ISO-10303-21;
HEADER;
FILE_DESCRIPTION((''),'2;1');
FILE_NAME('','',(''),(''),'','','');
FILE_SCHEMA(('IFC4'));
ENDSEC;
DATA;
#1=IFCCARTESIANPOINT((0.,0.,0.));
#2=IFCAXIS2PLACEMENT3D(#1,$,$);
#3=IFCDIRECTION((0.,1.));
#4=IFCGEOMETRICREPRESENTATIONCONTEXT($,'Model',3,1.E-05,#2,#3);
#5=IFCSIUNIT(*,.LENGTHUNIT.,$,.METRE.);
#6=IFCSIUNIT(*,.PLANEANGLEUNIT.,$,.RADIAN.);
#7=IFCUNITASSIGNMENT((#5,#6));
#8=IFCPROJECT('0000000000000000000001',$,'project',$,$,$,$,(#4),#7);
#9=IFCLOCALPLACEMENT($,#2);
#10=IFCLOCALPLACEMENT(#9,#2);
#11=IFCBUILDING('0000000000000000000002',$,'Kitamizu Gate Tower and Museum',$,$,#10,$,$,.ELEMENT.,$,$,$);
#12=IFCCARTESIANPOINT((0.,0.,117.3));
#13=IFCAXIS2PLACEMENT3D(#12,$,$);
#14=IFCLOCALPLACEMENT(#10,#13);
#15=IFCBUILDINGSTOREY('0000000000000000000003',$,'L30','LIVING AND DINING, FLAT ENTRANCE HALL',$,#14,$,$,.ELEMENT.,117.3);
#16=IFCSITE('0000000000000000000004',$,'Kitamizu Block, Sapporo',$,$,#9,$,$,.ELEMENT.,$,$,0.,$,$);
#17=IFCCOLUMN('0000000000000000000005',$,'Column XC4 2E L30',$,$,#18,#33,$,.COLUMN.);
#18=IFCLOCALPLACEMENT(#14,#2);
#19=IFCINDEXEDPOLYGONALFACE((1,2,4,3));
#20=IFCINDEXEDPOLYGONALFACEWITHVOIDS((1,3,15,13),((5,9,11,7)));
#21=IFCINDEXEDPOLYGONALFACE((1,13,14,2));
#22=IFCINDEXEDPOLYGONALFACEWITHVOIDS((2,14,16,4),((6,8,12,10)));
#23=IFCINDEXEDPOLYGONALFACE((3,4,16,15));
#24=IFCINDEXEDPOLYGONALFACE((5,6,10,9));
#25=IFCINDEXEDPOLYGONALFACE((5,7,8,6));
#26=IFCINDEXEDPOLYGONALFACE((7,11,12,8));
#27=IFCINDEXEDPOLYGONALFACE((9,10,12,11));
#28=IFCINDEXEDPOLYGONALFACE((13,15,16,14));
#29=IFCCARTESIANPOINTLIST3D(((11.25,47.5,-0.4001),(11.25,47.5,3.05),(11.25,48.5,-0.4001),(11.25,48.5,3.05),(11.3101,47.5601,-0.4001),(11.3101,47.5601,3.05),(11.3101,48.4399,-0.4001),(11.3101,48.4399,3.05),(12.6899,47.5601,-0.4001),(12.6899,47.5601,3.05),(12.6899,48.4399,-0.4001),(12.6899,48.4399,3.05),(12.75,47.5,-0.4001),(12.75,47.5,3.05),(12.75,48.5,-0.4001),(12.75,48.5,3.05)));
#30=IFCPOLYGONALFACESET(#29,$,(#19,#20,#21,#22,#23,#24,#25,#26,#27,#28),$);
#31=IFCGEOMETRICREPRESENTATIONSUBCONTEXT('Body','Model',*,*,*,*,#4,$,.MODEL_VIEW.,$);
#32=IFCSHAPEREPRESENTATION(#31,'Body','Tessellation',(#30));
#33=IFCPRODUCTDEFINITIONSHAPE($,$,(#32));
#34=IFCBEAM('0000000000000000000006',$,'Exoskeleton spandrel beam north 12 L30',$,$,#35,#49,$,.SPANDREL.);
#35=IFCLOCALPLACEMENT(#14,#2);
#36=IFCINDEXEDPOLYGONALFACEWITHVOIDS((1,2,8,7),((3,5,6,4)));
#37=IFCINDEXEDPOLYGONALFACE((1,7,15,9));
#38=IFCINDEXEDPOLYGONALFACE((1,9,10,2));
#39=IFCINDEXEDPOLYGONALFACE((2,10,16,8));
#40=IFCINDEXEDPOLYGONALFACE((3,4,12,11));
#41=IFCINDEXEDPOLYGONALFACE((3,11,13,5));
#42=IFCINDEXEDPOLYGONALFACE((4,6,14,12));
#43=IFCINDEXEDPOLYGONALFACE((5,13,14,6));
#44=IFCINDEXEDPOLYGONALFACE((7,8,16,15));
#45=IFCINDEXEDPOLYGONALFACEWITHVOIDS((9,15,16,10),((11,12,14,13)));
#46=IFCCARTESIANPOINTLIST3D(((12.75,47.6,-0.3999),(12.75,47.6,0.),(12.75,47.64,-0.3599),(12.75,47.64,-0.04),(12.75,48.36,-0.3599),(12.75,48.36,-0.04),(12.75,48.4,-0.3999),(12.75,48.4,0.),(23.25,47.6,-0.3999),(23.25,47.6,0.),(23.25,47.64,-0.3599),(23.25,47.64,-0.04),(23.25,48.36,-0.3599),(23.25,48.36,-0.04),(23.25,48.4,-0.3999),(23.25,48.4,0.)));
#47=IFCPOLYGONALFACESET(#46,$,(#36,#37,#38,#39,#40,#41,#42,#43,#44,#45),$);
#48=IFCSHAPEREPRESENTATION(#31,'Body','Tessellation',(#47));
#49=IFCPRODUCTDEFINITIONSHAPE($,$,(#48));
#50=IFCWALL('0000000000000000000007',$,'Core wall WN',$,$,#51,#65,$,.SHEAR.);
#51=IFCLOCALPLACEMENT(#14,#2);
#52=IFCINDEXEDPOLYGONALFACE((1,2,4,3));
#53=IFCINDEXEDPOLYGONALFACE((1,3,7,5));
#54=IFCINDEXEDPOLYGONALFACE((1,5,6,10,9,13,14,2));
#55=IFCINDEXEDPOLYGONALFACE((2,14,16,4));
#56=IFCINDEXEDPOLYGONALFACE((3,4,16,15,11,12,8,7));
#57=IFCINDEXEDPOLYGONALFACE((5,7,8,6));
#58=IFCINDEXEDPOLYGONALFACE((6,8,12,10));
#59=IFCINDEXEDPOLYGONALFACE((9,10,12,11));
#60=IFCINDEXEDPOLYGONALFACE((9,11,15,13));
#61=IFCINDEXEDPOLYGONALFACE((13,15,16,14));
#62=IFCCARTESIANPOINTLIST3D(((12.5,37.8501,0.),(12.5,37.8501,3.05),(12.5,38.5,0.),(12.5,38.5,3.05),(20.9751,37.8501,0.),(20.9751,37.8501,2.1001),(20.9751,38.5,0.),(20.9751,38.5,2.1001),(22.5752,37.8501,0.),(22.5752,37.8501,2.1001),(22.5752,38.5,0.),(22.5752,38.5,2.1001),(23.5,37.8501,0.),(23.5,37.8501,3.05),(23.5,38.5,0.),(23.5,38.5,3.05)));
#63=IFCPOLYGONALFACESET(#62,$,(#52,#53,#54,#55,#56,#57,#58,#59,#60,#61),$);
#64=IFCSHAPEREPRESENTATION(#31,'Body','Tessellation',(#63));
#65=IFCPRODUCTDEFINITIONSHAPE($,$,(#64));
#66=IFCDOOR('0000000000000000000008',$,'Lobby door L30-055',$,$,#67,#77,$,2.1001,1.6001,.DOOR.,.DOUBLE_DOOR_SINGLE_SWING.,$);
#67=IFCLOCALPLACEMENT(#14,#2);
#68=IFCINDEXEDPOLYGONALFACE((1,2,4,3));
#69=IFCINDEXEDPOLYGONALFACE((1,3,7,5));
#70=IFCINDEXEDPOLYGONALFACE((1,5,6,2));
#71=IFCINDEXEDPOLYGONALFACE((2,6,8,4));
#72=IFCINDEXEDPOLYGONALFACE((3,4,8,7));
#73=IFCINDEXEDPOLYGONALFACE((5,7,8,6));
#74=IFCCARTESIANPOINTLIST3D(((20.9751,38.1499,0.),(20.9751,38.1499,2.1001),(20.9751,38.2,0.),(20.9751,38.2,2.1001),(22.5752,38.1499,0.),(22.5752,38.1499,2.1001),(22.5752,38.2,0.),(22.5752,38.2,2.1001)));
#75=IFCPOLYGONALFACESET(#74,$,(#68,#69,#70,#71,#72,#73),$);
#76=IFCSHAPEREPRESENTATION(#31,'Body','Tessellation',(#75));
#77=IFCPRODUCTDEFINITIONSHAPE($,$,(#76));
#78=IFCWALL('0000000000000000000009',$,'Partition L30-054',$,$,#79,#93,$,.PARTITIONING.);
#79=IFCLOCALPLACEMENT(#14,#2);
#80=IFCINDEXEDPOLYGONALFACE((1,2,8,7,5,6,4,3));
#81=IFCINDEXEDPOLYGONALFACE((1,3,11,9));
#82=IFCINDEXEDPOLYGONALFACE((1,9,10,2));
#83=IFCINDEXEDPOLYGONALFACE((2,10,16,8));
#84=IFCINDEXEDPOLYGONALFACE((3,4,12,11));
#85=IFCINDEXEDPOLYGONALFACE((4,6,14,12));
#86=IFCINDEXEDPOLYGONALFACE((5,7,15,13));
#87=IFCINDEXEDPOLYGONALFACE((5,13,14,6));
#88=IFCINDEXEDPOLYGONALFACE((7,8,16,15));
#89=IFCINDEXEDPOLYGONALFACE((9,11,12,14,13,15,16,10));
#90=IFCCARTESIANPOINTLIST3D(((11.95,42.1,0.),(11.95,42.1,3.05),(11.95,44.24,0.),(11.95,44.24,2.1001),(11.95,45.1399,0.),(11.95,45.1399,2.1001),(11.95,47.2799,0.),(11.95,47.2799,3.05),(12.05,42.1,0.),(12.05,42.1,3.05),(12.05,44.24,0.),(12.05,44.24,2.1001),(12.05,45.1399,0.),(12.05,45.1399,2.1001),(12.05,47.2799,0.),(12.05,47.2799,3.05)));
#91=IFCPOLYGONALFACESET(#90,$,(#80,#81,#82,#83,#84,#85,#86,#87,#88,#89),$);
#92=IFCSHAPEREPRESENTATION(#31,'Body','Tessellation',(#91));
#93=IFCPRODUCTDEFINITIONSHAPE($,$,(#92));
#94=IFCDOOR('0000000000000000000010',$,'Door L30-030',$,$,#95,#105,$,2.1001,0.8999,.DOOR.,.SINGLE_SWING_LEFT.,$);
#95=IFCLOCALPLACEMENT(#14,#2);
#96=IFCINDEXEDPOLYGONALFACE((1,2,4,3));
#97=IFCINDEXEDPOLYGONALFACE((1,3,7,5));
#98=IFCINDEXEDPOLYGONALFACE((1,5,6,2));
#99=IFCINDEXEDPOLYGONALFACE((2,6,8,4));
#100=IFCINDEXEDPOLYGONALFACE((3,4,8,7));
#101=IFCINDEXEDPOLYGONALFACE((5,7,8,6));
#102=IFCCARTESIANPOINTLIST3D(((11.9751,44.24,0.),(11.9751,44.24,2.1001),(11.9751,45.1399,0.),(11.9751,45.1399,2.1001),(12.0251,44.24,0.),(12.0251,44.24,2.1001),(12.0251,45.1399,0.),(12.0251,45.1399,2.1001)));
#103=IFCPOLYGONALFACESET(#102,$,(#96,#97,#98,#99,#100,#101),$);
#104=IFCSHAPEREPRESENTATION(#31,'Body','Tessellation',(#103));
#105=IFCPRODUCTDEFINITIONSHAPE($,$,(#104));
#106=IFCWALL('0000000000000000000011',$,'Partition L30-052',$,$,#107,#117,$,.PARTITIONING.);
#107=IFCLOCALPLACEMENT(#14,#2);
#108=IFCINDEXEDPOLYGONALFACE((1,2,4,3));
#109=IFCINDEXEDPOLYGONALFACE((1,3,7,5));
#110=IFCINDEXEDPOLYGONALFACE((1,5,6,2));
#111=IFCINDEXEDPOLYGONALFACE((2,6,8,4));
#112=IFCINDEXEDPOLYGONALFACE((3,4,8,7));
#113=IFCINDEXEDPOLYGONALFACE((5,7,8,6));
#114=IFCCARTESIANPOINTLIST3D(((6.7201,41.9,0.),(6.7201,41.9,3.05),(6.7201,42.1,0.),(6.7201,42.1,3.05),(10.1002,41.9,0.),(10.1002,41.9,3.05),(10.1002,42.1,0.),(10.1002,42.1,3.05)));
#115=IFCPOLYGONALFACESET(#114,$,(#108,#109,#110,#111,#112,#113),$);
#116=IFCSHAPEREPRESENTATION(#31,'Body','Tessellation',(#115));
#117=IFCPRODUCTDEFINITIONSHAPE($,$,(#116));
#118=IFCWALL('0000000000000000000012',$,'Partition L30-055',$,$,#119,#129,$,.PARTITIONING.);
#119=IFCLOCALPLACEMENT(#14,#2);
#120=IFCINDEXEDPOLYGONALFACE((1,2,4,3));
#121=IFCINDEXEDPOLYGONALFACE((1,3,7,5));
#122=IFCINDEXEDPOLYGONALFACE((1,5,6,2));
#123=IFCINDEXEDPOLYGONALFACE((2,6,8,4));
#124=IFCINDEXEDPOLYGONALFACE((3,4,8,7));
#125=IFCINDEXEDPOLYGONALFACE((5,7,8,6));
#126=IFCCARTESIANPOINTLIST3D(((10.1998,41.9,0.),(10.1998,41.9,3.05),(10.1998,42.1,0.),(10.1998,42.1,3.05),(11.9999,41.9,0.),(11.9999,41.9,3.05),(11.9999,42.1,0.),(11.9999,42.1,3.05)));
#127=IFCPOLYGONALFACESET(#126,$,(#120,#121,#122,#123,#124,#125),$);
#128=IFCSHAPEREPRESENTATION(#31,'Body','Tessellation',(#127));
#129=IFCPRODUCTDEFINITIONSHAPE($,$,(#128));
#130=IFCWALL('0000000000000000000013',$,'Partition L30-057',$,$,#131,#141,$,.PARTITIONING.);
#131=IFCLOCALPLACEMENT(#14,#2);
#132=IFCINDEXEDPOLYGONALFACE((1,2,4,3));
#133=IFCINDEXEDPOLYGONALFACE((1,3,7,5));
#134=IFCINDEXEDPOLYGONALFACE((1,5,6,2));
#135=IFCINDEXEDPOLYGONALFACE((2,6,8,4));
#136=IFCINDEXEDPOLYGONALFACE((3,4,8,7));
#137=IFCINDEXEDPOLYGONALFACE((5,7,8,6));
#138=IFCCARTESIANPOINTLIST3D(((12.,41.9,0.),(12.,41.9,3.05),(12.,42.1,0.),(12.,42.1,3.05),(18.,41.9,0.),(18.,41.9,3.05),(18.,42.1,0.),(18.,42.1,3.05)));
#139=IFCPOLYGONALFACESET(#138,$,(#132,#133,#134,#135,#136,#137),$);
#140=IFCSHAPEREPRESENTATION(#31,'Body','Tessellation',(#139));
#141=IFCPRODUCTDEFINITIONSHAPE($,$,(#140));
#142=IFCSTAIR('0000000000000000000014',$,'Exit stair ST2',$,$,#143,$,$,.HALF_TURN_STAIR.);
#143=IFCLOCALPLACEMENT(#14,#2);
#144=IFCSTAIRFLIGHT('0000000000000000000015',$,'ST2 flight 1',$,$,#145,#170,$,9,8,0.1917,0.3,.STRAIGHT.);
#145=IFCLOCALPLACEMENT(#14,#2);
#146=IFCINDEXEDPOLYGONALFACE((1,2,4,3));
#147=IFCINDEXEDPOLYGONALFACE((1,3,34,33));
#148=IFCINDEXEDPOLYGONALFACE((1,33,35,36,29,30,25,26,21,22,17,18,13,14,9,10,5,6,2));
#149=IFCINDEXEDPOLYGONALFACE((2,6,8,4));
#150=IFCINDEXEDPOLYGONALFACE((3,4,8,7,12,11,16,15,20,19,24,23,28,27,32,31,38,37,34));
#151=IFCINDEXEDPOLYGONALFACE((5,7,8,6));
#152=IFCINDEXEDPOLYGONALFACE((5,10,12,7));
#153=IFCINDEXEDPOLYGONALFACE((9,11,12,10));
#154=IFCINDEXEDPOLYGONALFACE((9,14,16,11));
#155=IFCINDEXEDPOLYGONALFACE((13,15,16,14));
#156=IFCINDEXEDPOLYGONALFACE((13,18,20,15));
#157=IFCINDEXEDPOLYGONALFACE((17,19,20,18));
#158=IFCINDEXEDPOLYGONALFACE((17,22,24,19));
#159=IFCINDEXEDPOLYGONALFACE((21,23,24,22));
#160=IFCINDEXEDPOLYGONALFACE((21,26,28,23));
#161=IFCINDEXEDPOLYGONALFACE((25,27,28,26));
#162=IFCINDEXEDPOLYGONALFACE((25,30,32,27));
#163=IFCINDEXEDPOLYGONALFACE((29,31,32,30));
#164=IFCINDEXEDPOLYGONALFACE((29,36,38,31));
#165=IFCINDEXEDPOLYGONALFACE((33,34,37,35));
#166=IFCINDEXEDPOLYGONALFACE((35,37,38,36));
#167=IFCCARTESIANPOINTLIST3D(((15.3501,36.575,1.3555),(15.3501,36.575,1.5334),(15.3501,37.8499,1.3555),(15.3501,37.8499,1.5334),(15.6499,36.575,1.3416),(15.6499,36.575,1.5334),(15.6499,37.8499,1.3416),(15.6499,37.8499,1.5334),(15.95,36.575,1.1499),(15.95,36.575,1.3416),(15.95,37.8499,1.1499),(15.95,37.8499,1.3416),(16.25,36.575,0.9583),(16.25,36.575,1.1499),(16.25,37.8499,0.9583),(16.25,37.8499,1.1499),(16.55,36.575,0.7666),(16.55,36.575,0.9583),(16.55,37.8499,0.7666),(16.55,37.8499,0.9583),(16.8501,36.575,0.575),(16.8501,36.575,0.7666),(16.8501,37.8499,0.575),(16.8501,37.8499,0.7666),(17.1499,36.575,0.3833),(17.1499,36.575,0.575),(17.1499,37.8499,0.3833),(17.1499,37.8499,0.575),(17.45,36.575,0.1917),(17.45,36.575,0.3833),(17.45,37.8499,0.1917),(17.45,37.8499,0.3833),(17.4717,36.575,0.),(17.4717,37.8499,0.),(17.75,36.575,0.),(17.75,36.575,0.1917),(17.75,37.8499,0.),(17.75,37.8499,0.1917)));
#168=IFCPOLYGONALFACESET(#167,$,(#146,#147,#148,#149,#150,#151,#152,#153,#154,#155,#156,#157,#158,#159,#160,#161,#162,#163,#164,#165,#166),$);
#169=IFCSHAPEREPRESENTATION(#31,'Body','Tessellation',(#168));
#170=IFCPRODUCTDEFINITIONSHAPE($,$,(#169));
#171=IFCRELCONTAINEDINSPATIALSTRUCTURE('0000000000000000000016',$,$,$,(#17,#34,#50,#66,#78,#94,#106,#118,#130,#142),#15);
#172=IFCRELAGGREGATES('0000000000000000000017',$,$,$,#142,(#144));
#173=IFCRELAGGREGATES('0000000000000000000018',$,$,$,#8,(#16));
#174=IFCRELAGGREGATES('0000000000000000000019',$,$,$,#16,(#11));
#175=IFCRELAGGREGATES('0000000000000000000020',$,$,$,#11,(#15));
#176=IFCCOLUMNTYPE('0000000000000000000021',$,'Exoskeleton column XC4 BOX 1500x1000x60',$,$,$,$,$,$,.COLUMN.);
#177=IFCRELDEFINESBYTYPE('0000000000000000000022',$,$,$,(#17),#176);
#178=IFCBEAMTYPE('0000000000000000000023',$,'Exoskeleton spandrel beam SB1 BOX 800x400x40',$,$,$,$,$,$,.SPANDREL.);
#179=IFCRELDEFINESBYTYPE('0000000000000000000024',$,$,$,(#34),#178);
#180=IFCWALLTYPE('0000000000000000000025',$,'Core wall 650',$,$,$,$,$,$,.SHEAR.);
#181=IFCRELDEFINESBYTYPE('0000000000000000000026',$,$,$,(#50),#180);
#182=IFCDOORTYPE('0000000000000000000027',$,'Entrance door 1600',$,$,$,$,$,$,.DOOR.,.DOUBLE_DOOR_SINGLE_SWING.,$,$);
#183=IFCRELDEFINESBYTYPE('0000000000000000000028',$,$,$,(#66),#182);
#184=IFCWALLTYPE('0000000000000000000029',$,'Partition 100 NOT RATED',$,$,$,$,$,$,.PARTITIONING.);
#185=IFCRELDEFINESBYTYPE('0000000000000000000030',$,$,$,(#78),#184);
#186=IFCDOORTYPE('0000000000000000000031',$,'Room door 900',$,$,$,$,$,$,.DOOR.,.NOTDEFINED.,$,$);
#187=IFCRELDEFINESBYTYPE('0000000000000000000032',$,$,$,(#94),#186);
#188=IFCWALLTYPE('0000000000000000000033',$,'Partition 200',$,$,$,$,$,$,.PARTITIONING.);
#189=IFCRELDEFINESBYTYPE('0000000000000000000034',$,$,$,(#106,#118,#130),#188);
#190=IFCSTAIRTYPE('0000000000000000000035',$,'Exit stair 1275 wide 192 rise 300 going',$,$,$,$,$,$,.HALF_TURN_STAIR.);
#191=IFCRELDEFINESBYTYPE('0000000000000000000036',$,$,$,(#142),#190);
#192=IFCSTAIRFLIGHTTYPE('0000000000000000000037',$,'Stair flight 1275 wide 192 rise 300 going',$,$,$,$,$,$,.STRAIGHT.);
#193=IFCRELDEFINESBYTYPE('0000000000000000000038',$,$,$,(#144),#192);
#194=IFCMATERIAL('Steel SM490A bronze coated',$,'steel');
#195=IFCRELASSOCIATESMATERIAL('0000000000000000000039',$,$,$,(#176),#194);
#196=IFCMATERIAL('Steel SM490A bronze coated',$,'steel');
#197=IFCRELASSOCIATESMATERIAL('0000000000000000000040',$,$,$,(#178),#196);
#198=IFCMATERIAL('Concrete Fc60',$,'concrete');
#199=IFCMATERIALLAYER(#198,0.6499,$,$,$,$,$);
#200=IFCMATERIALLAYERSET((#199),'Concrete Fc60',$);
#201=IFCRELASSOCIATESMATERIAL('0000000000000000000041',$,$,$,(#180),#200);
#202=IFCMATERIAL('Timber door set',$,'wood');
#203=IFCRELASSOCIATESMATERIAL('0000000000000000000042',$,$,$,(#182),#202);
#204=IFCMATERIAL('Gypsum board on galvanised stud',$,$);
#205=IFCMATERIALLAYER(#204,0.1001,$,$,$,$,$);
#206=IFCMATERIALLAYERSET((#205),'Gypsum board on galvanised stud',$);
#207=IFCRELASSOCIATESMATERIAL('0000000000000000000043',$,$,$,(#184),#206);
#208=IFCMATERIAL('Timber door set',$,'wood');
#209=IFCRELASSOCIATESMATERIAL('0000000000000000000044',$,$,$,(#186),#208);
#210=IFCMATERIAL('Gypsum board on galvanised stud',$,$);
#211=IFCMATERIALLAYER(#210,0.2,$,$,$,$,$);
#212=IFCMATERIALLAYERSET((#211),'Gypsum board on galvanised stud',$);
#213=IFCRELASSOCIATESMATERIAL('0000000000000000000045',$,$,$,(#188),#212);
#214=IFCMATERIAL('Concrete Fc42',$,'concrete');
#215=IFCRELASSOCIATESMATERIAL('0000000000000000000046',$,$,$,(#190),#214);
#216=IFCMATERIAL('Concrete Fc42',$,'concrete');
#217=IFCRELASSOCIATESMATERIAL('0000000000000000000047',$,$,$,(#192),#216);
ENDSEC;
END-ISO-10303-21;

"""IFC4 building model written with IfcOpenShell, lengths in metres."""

from ifc_helpers import new_model, si_unit, direction, frame, frame_2d, origin, origin_2d, place, context, subcontext, project, spatial, polyline, rectangle, hollow_rectangle, outline, extrude, material, layer, layer_set, material_profile, profile_set, type_object, element, fill, aggregate, save


model = new_model("IFC4")

# Units and contexts
model_context = context("Model", 3, precision=1e-05, world=origin(), true_north=direction((0.0, 1.0)))
body_context = subcontext(model_context, "Body", "Model", "MODEL_VIEW")
ifc_project = project(units=[si_unit("LENGTHUNIT", "METRE"), si_unit("PLANEANGLEUNIT", "RADIAN")], contexts=[model_context])

# Site, building, storey
site_placement = place(None, origin())
site = spatial("IfcSite", under=ifc_project, at=site_placement, Name="Kitamizu Block, Sapporo", CompositionType="ELEMENT", RefElevation=0.0)
building_placement = place(site_placement, origin())
building = spatial("IfcBuilding", under=site, at=building_placement, Name="Kitamizu Gate Tower and Museum", CompositionType="ELEMENT")
storey_placement = place(building_placement, frame((0.0, 0.0, 117.3)))
storey = spatial("IfcBuildingStorey", under=building, at=storey_placement, Name="L30", Description="LIVING AND DINING, FLAT ENTRANCE HALL", CompositionType="ELEMENT", Elevation=117.3)

# Column
ifc_material_1 = material(Name="Steel SM490A bronze coated", Category="steel")
ifc_material_profile_1 = material_profile(ifc_material_1, hollow_rectangle(XDim=1.5, YDim=1.0, WallThickness=0.0601, at=origin_2d()), Name="BOX 1500x1000x60")
ifc_profile_set_1 = profile_set([ifc_material_profile_1], Name="Steel SM490A bronze coated")
column_type = type_object("IfcColumnType", Name="Exoskeleton column XC4 BOX 1500x1000x60", PredefinedType="COLUMN", material=ifc_profile_set_1)
column_placement = place(storey_placement, frame((12.0, 48.0, -0.4001), z_axis=(0.0, 0.0, 1.0), x_axis=(1.0, 0.0, 0.0)))
element("IfcColumn", 1, at=column_placement, inside=storey, type_object=column_type, Name="Column XC4 2E L30", PredefinedType="COLUMN", context=body_context, shape_type="SweptSolid", body=[
    extrude(hollow_rectangle(XDim=1.5, YDim=1.0, WallThickness=0.0601, at=origin_2d()), origin(), (0.0, 0.0, 1.0), 3.4502),
])

# Beam
ifc_material_2 = material(Name="Steel SM490A bronze coated", Category="steel")
ifc_material_profile_2 = material_profile(ifc_material_2, hollow_rectangle(XDim=0.8, YDim=0.3999, WallThickness=0.04, at=origin_2d()), Name="BOX 800x400x40")
ifc_profile_set_2 = profile_set([ifc_material_profile_2], Name="Steel SM490A bronze coated")
beam_type = type_object("IfcBeamType", Name="Exoskeleton spandrel beam SB1 BOX 800x400x40", PredefinedType="SPANDREL", material=ifc_profile_set_2)
beam_placement = place(storey_placement, frame((12.75, 48.0, -0.2), z_axis=(1.0, 0.0, 0.0), x_axis=(0.0, 1.0, 0.0)))
element("IfcBeam", 2, at=beam_placement, inside=storey, type_object=beam_type, Name="Exoskeleton spandrel beam north 12 L30", PredefinedType="SPANDREL", context=body_context, shape_type="SweptSolid", body=[
    extrude(hollow_rectangle(XDim=0.8, YDim=0.3999, WallThickness=0.04, at=origin_2d()), origin(), (0.0, 0.0, 1.0), 10.5),
])

# Walls, openings, doors
ifc_material_3 = material(Name="Concrete Fc60", Category="concrete")
ifc_layer_1 = layer(ifc_material_3, 0.6499)
ifc_layer_set_1 = layer_set([ifc_layer_1], Name="Concrete Fc60")
wall_type_1 = type_object("IfcWallType", Name="Core wall 650", PredefinedType="SHEAR", material=ifc_layer_set_1)
wall_1_placement = place(storey_placement, frame((12.5, 38.175, 0.0), z_axis=(0.0, 0.0, 1.0), x_axis=(1.0, 0.0, 0.0)))
wall_1 = element("IfcWall", 3, at=wall_1_placement, inside=storey, type_object=wall_type_1, Name="Core wall WN", PredefinedType="SHEAR", context=body_context, shape_type="SweptSolid", body=[
    extrude(rectangle(XDim=11.0, YDim=0.6499, at=frame_2d((5.5, 0.0))), origin(), (0.0, 0.0, 1.0), 3.05),
])
opening_1_placement = place(wall_1_placement, frame((8.4751, 0.0, 0.0)))
opening_1 = element("IfcOpeningElement", 4, at=opening_1_placement, cuts=wall_1, PredefinedType="OPENING", context=body_context, shape_type="SweptSolid", body=[
    extrude(rectangle(XDim=1.6001, YDim=2.1001, at=frame_2d((0.8, 1.05))), frame((0.0, 0.335, 0.0), z_axis=(0.0, -1.0, 0.0), x_axis=(1.0, 0.0, 0.0)), (0.0, 0.0, 1.0), 0.6699),
])
ifc_material_4 = material(Name="Timber door set", Category="wood")
door_type_1 = type_object("IfcDoorType", Name="Entrance door 1600", OperationType="DOUBLE_DOOR_SINGLE_SWING", PredefinedType="DOOR", material=ifc_material_4)
door_1_placement = place(opening_1_placement, origin())
door_1 = element("IfcDoor", 5, at=door_1_placement, inside=storey, type_object=door_type_1, Name="Lobby door L30-055", OperationType="DOUBLE_DOOR_SINGLE_SWING", OverallHeight=2.1001, OverallWidth=1.6001, PredefinedType="DOOR", context=body_context, shape_type="SweptSolid", body=[
    extrude(rectangle(XDim=1.6001, YDim=2.1001, at=frame_2d((0.8, 1.05))), frame((0.0, 0.0249, 0.0), z_axis=(0.0, -1.0, 0.0), x_axis=(1.0, 0.0, 0.0)), (0.0, 0.0, 1.0), 0.05),
])
fill(opening_1, door_1)
ifc_material_5 = material(Name="Gypsum board on galvanised stud")
ifc_layer_2 = layer(ifc_material_5, 0.1001)
ifc_layer_set_2 = layer_set([ifc_layer_2], Name="Gypsum board on galvanised stud")
wall_type_2 = type_object("IfcWallType", Name="Partition 100 NOT RATED", PredefinedType="PARTITIONING", material=ifc_layer_set_2)
wall_2_placement = place(storey_placement, frame((12.0, 42.1001, 0.0), z_axis=(0.0, 0.0, 1.0), x_axis=(0.0, 1.0, 0.0)))
wall_2 = element("IfcWall", 6, at=wall_2_placement, inside=storey, type_object=wall_type_2, Name="Partition L30-054", PredefinedType="PARTITIONING", context=body_context, shape_type="SweptSolid", body=[
    extrude(rectangle(XDim=5.1799, YDim=0.1001, at=frame_2d((2.5898, 0.0))), origin(), (0.0, 0.0, 1.0), 3.05),
])
opening_2_placement = place(wall_2_placement, frame((2.1399, 0.0, 0.0)))
opening_2 = element("IfcOpeningElement", 7, at=opening_2_placement, cuts=wall_2, PredefinedType="OPENING", context=body_context, shape_type="SweptSolid", body=[
    extrude(rectangle(XDim=0.8999, YDim=2.1001, at=frame_2d((0.45, 1.05))), frame((0.0, 0.0601, 0.0), z_axis=(0.0, -1.0, 0.0), x_axis=(1.0, 0.0, 0.0)), (0.0, 0.0, 1.0), 0.1201),
])
ifc_material_6 = material(Name="Timber door set", Category="wood")
door_type_2 = type_object("IfcDoorType", Name="Room door 900", OperationType="NOTDEFINED", PredefinedType="DOOR", material=ifc_material_6)
door_2_placement = place(opening_2_placement, origin())
door_2 = element("IfcDoor", 8, at=door_2_placement, inside=storey, type_object=door_type_2, Name="Door L30-030", OperationType="SINGLE_SWING_LEFT", OverallHeight=2.1001, OverallWidth=0.8999, PredefinedType="DOOR", context=body_context, shape_type="SweptSolid", body=[
    extrude(rectangle(XDim=0.8999, YDim=2.1001, at=frame_2d((0.45, 1.05))), frame((0.0, 0.0249, 0.0), z_axis=(0.0, -1.0, 0.0), x_axis=(1.0, 0.0, 0.0)), (0.0, 0.0, 1.0), 0.05),
])
fill(opening_2, door_2)

# Walls
ifc_material_7 = material(Name="Gypsum board on galvanised stud")
ifc_layer_3 = layer(ifc_material_7, 0.2)
ifc_layer_set_3 = layer_set([ifc_layer_3], Name="Gypsum board on galvanised stud")
wall_type_3 = type_object("IfcWallType", Name="Partition 200", PredefinedType="PARTITIONING", material=ifc_layer_set_3)
wall_3_placement = place(storey_placement, frame((10.1001, 42.0, 0.0), z_axis=(0.0, 0.0, 1.0), x_axis=(-1.0, 0.0, 0.0)))
element("IfcWall", 9, at=wall_3_placement, inside=storey, type_object=wall_type_3, Name="Partition L30-052", PredefinedType="PARTITIONING", context=body_context, shape_type="SweptSolid", body=[
    extrude(rectangle(XDim=3.3801, YDim=0.2, at=frame_2d((1.6899, 0.0))), origin(), (0.0, 0.0, 1.0), 3.05),
])
wall_4_placement = place(storey_placement, frame((10.2, 42.0, 0.0), z_axis=(0.0, 0.0, 1.0), x_axis=(1.0, 0.0, 0.0)))
element("IfcWall", 10, at=wall_4_placement, inside=storey, type_object=wall_type_3, Name="Partition L30-055", PredefinedType="PARTITIONING", context=body_context, shape_type="SweptSolid", body=[
    extrude(rectangle(XDim=1.8, YDim=0.2, at=frame_2d((0.8999, 0.0))), origin(), (0.0, 0.0, 1.0), 3.05),
])
wall_5_placement = place(storey_placement, frame((12.0, 42.0, 0.0), z_axis=(0.0, 0.0, 1.0), x_axis=(1.0, 0.0, 0.0)))
element("IfcWall", 11, at=wall_5_placement, inside=storey, type_object=wall_type_3, Name="Partition L30-057", PredefinedType="PARTITIONING", context=body_context, shape_type="SweptSolid", body=[
    extrude(rectangle(XDim=6.0, YDim=0.2, at=frame_2d((3.0, 0.0))), origin(), (0.0, 0.0, 1.0), 3.05),
])

# Stair, stair flight
ifc_material_8 = material(Name="Concrete Fc42", Category="concrete")
stair_type = type_object("IfcStairType", Name="Exit stair 1275 wide 192 rise 300 going", PredefinedType="HALF_TURN_STAIR", material=ifc_material_8)
stair_placement = place(storey_placement, origin())
stair = element("IfcStair", 12, at=stair_placement, inside=storey, type_object=stair_type, Name="Exit stair ST2", PredefinedType="HALF_TURN_STAIR")
ifc_material_9 = material(Name="Concrete Fc42", Category="concrete")
stair_flight_type = type_object("IfcStairFlightType", Name="Stair flight 1275 wide 192 rise 300 going", PredefinedType="STRAIGHT", material=ifc_material_9)
stair_flight_placement = place(storey_placement, frame((17.75, 37.2124, 0.0), z_axis=(0.0, 0.0, 1.0), x_axis=(-1.0, 0.0, 0.0)))
stair_flight = element("IfcStairFlight", 13, at=stair_flight_placement, type_object=stair_flight_type, Name="ST2 flight 1", NumberOfRisers=9, NumberOfTreads=8, PredefinedType="STRAIGHT", RiserHeight=0.1917, TreadLength=0.3, context=body_context, shape_type="SweptSolid", body=[
    extrude(outline(polyline([(0.0, 0.0), (0.0, 0.1917), (0.3, 0.1917), (0.3, 0.3833), (0.6001, 0.3833), (0.6001, 0.575), (0.8999, 0.575), (0.8999, 0.7666), (1.2, 0.7666), (1.2, 0.9583), (1.5, 0.9583), (1.5, 1.1499), (1.8, 1.1499), (1.8, 1.3416), (2.1001, 1.3416), (2.1001, 1.5334), (2.3999, 1.5334), (2.3999, 1.7251), (2.3999, 1.3555), (0.2783, 0.0), (0.0, 0.0)])), frame((0.0, 0.6375, 0.0), z_axis=(0.0, -1.0, 0.0), x_axis=(1.0, 0.0, 0.0)), (0.0, 0.0, 1.0), 1.2749),
])
aggregate(stair, [stair_flight])

save(model, "model.ifc")
